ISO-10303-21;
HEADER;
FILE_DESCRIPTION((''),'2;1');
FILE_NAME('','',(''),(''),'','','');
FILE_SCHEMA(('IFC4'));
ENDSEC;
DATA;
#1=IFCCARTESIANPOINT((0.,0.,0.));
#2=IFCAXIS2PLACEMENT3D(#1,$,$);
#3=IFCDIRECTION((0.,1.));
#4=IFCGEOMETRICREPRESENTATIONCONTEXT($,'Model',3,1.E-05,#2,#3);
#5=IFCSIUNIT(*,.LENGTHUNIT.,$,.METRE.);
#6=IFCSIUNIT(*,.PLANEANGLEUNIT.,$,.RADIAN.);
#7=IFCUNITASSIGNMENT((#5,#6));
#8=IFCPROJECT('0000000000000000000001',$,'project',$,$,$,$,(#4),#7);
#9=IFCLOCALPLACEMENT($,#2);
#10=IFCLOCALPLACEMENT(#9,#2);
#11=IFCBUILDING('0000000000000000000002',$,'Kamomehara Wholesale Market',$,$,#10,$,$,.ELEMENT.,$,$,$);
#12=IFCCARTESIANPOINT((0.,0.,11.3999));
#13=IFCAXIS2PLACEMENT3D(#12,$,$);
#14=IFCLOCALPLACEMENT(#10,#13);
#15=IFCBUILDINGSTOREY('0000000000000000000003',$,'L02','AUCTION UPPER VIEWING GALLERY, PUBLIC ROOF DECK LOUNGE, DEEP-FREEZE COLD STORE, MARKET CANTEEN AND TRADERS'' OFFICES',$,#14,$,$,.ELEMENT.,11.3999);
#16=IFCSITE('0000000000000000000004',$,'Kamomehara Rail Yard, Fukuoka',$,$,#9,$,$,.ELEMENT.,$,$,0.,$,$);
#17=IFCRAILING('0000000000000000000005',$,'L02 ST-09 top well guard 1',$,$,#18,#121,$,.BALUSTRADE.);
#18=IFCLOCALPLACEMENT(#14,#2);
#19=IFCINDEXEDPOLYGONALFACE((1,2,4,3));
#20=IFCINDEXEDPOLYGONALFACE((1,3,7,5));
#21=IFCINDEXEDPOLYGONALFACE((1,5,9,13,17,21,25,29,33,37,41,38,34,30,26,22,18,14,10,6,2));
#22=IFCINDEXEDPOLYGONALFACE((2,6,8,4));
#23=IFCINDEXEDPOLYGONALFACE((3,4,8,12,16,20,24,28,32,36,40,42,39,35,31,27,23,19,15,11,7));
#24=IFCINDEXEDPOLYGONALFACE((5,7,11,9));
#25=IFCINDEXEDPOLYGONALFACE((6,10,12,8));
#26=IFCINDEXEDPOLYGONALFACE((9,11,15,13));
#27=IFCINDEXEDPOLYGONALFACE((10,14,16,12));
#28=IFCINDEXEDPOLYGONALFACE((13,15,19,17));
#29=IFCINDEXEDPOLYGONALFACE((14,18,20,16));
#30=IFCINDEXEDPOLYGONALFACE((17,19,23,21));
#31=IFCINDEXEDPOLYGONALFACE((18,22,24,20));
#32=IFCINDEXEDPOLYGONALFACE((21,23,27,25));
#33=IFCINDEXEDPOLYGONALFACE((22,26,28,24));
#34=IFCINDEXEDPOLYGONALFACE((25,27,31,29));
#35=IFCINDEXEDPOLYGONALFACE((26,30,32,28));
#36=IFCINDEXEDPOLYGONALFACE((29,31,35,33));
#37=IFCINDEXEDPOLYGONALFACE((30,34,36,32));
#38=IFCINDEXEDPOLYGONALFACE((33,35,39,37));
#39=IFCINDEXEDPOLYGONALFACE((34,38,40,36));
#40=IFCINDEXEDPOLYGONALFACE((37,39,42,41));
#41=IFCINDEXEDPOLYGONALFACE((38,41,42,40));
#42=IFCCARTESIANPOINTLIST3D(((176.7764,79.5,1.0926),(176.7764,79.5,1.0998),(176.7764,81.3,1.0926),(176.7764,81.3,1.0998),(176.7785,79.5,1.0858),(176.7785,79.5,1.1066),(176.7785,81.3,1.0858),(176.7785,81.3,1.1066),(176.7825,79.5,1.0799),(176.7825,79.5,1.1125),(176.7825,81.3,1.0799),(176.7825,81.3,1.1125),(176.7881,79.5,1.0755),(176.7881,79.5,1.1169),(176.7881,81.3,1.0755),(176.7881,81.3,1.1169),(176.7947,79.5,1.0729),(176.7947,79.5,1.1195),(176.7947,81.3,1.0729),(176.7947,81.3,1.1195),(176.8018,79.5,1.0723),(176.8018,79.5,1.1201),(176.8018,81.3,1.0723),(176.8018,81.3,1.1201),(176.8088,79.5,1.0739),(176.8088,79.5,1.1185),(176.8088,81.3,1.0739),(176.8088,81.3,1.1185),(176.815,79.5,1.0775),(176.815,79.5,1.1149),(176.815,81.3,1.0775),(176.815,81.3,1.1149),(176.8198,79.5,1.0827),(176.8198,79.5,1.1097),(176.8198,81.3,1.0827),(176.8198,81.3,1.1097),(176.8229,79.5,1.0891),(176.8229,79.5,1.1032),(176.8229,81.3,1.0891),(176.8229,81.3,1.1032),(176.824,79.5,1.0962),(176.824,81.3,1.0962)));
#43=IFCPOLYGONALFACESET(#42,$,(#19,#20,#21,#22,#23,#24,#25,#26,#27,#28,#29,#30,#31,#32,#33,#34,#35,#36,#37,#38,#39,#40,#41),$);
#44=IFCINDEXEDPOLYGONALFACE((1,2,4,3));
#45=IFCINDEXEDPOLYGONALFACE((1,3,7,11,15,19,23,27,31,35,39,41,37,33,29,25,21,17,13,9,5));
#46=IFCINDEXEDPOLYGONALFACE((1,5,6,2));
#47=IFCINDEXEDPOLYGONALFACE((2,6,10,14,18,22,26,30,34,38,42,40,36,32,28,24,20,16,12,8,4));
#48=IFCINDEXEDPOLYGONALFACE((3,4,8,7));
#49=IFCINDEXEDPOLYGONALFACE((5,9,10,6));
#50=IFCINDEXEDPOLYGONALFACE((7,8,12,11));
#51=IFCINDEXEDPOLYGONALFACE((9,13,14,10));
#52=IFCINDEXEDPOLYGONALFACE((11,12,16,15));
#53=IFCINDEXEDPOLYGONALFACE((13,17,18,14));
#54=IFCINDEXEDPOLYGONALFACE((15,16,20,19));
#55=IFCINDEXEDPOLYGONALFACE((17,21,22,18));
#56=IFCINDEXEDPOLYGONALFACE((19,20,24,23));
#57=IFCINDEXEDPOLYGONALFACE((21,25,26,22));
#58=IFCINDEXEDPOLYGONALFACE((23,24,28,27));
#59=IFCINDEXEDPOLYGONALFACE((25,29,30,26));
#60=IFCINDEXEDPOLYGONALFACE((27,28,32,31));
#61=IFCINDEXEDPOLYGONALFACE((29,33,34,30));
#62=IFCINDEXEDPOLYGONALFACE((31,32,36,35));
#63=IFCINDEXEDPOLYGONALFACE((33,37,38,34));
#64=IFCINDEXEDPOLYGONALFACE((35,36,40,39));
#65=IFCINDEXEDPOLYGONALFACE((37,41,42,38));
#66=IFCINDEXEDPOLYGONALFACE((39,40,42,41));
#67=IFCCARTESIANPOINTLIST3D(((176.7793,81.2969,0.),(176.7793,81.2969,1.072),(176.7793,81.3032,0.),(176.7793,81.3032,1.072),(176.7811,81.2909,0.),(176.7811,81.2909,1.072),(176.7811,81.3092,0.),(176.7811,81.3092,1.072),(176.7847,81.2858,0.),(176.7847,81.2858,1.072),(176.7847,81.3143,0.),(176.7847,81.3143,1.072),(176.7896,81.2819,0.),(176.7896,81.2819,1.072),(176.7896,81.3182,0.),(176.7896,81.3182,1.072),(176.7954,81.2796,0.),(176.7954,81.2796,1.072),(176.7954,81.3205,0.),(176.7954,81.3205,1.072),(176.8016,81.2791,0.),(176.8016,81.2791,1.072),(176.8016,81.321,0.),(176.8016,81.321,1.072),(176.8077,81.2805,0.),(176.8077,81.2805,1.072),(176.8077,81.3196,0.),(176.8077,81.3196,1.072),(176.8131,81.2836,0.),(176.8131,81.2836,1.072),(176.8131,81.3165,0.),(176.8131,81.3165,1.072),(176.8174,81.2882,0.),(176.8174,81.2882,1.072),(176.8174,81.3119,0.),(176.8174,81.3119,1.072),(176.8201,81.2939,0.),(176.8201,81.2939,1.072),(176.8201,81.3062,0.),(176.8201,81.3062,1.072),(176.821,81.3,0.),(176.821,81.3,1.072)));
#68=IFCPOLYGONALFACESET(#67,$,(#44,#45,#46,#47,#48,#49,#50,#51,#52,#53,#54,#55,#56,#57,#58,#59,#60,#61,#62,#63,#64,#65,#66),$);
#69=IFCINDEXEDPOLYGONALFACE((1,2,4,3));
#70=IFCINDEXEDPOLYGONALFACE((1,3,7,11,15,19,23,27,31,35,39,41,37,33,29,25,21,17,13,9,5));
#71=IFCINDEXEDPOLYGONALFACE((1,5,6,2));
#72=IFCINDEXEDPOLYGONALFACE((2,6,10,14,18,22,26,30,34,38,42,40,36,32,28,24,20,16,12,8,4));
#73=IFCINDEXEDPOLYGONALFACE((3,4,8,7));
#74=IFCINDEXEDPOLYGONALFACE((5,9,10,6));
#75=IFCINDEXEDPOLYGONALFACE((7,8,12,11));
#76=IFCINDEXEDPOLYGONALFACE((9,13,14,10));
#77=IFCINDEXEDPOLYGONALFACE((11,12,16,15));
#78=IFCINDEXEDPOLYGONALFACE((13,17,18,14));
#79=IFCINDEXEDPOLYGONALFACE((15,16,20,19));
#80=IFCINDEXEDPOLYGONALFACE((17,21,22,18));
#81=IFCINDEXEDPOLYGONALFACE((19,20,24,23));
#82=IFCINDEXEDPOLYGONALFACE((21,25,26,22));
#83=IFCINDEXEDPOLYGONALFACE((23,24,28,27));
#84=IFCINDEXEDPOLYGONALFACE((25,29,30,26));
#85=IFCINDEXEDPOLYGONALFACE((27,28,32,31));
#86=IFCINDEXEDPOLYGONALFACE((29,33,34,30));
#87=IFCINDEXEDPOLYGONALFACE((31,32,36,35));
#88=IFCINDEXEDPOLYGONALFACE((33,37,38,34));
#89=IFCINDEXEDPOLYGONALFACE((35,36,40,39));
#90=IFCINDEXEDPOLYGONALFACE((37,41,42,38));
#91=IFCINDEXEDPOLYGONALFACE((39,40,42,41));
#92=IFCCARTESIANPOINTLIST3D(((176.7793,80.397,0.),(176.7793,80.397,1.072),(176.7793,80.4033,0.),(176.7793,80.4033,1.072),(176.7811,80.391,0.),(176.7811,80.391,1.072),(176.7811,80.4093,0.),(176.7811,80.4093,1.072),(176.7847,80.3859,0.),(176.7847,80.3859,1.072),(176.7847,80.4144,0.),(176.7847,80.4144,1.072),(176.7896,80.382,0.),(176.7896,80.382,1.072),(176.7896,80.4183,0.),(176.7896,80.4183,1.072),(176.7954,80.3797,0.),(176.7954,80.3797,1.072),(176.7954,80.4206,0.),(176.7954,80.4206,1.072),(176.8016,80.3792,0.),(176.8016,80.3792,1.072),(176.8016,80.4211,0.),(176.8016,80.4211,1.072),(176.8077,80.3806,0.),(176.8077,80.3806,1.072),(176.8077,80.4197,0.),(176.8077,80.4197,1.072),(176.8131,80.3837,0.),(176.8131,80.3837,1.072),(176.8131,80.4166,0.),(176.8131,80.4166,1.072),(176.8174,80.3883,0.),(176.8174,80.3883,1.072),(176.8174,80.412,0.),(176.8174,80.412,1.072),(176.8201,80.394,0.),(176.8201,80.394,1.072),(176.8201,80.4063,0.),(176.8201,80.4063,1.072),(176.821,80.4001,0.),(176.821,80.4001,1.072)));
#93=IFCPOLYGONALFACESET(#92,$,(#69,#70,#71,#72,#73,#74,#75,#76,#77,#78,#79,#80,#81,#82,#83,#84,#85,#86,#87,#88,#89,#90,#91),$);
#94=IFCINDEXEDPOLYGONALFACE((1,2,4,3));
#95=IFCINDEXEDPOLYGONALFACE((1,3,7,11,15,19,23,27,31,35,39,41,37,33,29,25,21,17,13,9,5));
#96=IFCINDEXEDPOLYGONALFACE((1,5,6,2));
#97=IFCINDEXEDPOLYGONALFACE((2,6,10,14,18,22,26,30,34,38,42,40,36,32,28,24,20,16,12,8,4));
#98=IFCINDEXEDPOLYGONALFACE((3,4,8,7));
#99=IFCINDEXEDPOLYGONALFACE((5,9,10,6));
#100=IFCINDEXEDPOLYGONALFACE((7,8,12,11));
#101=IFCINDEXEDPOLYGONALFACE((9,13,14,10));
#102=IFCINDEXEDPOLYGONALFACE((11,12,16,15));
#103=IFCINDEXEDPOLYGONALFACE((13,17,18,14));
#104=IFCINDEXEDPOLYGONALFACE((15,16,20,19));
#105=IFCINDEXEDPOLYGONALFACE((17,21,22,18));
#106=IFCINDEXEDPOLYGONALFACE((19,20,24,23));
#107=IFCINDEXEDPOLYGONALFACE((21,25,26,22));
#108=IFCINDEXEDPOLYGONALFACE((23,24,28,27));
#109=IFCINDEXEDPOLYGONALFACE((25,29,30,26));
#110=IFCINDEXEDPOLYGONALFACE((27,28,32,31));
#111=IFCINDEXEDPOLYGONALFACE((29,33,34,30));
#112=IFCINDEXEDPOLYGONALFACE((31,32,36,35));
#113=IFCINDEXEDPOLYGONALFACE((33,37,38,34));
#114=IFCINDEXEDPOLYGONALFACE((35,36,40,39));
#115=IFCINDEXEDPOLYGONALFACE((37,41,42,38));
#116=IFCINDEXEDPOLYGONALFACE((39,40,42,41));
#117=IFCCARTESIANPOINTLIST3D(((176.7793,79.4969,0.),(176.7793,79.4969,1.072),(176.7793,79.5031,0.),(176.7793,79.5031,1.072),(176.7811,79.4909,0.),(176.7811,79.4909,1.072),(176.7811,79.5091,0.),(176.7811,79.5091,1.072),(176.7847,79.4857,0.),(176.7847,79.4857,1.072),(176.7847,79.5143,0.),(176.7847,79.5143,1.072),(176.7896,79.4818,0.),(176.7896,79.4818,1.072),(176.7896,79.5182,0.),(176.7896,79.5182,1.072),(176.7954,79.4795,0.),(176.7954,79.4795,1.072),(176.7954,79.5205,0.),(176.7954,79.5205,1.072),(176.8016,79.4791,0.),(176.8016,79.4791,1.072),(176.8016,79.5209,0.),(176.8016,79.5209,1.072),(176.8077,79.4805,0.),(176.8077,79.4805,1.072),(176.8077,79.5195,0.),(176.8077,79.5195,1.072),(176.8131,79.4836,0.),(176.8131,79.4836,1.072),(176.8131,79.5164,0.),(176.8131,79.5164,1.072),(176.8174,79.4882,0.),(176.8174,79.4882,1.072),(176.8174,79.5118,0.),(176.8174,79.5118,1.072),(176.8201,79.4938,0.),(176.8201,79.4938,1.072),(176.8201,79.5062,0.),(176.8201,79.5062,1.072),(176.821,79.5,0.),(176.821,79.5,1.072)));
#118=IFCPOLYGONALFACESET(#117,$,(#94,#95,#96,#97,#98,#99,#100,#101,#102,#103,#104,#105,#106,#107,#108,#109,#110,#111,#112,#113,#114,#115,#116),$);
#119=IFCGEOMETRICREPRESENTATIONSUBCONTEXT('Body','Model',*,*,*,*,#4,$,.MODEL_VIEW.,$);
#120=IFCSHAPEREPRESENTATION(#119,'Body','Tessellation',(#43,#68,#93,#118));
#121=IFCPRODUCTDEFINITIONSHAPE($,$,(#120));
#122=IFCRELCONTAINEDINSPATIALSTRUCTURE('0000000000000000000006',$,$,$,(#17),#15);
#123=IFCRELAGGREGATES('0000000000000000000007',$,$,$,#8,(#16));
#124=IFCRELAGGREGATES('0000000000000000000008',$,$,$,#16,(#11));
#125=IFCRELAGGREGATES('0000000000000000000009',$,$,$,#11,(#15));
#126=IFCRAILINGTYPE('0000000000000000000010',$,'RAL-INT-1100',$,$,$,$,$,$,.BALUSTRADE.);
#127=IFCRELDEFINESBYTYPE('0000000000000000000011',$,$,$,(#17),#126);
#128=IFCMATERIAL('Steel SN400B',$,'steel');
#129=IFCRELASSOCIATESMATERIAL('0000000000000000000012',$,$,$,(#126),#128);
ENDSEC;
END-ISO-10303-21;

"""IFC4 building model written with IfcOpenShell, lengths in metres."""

from ifc_helpers import new_model, si_unit, direction, frame, origin, origin_2d, place, context, subcontext, project, spatial, circle, extrude, material, type_object, element, save


model = new_model("IFC4")

# Units and contexts
model_context = context("Model", 3, precision=1e-05, world=origin(), true_north=direction((0.0, 1.0)))
body_context = subcontext(model_context, "Body", "Model", "MODEL_VIEW")
ifc_project = project(units=[si_unit("LENGTHUNIT", "METRE"), si_unit("PLANEANGLEUNIT", "RADIAN")], contexts=[model_context])

# Site, building, storey
site_placement = place(None, origin())
site = spatial("IfcSite", under=ifc_project, at=site_placement, Name="Kamomehara Rail Yard, Fukuoka", CompositionType="ELEMENT", RefElevation=0.0)
building_placement = place(site_placement, origin())
building = spatial("IfcBuilding", under=site, at=building_placement, Name="Kamomehara Wholesale Market", CompositionType="ELEMENT")
storey_placement = place(building_placement, frame((0.0, 0.0, 11.3999)))
storey = spatial("IfcBuildingStorey", under=building, at=storey_placement, Name="L02", Description="AUCTION UPPER VIEWING GALLERY, PUBLIC ROOF DECK LOUNGE, DEEP-FREEZE COLD STORE, MARKET CANTEEN AND TRADERS' OFFICES", CompositionType="ELEMENT", Elevation=11.3999)

# Railing
ifc_material_1 = material(Name="Steel SN400B", Category="steel")
railing_type = type_object("IfcRailingType", Name="RAL-INT-1100", PredefinedType="BALUSTRADE", material=ifc_material_1)
railing_1_placement = place(storey_placement, frame((176.8, 81.3, 0.0)))
element("IfcRailing", 1, at=railing_1_placement, inside=storey, type_object=railing_type, Name="L02 ST-09 top well guard 1", PredefinedType="BALUSTRADE", context=body_context, shape_type="SweptSolid", body=[
    extrude(circle(Radius=0.0239, at=origin_2d()), frame((0.0, 0.0, 1.0962), z_axis=(0.0, -1.0, 0.0), x_axis=(1.0, 0.0, 0.0)), (0.0, 0.0, 1.0), 1.8),
    extrude(circle(Radius=0.021, at=origin_2d()), origin(), (0.0, 0.0, 1.0), 1.072),
    extrude(circle(Radius=0.021, at=origin_2d()), frame((0.0, -0.8999, 0.0)), (0.0, 0.0, 1.0), 1.072),
    extrude(circle(Radius=0.021, at=origin_2d()), frame((0.0, -1.8, 0.0)), (0.0, 0.0, 1.0), 1.072),
])

save(model, "model.ifc")
